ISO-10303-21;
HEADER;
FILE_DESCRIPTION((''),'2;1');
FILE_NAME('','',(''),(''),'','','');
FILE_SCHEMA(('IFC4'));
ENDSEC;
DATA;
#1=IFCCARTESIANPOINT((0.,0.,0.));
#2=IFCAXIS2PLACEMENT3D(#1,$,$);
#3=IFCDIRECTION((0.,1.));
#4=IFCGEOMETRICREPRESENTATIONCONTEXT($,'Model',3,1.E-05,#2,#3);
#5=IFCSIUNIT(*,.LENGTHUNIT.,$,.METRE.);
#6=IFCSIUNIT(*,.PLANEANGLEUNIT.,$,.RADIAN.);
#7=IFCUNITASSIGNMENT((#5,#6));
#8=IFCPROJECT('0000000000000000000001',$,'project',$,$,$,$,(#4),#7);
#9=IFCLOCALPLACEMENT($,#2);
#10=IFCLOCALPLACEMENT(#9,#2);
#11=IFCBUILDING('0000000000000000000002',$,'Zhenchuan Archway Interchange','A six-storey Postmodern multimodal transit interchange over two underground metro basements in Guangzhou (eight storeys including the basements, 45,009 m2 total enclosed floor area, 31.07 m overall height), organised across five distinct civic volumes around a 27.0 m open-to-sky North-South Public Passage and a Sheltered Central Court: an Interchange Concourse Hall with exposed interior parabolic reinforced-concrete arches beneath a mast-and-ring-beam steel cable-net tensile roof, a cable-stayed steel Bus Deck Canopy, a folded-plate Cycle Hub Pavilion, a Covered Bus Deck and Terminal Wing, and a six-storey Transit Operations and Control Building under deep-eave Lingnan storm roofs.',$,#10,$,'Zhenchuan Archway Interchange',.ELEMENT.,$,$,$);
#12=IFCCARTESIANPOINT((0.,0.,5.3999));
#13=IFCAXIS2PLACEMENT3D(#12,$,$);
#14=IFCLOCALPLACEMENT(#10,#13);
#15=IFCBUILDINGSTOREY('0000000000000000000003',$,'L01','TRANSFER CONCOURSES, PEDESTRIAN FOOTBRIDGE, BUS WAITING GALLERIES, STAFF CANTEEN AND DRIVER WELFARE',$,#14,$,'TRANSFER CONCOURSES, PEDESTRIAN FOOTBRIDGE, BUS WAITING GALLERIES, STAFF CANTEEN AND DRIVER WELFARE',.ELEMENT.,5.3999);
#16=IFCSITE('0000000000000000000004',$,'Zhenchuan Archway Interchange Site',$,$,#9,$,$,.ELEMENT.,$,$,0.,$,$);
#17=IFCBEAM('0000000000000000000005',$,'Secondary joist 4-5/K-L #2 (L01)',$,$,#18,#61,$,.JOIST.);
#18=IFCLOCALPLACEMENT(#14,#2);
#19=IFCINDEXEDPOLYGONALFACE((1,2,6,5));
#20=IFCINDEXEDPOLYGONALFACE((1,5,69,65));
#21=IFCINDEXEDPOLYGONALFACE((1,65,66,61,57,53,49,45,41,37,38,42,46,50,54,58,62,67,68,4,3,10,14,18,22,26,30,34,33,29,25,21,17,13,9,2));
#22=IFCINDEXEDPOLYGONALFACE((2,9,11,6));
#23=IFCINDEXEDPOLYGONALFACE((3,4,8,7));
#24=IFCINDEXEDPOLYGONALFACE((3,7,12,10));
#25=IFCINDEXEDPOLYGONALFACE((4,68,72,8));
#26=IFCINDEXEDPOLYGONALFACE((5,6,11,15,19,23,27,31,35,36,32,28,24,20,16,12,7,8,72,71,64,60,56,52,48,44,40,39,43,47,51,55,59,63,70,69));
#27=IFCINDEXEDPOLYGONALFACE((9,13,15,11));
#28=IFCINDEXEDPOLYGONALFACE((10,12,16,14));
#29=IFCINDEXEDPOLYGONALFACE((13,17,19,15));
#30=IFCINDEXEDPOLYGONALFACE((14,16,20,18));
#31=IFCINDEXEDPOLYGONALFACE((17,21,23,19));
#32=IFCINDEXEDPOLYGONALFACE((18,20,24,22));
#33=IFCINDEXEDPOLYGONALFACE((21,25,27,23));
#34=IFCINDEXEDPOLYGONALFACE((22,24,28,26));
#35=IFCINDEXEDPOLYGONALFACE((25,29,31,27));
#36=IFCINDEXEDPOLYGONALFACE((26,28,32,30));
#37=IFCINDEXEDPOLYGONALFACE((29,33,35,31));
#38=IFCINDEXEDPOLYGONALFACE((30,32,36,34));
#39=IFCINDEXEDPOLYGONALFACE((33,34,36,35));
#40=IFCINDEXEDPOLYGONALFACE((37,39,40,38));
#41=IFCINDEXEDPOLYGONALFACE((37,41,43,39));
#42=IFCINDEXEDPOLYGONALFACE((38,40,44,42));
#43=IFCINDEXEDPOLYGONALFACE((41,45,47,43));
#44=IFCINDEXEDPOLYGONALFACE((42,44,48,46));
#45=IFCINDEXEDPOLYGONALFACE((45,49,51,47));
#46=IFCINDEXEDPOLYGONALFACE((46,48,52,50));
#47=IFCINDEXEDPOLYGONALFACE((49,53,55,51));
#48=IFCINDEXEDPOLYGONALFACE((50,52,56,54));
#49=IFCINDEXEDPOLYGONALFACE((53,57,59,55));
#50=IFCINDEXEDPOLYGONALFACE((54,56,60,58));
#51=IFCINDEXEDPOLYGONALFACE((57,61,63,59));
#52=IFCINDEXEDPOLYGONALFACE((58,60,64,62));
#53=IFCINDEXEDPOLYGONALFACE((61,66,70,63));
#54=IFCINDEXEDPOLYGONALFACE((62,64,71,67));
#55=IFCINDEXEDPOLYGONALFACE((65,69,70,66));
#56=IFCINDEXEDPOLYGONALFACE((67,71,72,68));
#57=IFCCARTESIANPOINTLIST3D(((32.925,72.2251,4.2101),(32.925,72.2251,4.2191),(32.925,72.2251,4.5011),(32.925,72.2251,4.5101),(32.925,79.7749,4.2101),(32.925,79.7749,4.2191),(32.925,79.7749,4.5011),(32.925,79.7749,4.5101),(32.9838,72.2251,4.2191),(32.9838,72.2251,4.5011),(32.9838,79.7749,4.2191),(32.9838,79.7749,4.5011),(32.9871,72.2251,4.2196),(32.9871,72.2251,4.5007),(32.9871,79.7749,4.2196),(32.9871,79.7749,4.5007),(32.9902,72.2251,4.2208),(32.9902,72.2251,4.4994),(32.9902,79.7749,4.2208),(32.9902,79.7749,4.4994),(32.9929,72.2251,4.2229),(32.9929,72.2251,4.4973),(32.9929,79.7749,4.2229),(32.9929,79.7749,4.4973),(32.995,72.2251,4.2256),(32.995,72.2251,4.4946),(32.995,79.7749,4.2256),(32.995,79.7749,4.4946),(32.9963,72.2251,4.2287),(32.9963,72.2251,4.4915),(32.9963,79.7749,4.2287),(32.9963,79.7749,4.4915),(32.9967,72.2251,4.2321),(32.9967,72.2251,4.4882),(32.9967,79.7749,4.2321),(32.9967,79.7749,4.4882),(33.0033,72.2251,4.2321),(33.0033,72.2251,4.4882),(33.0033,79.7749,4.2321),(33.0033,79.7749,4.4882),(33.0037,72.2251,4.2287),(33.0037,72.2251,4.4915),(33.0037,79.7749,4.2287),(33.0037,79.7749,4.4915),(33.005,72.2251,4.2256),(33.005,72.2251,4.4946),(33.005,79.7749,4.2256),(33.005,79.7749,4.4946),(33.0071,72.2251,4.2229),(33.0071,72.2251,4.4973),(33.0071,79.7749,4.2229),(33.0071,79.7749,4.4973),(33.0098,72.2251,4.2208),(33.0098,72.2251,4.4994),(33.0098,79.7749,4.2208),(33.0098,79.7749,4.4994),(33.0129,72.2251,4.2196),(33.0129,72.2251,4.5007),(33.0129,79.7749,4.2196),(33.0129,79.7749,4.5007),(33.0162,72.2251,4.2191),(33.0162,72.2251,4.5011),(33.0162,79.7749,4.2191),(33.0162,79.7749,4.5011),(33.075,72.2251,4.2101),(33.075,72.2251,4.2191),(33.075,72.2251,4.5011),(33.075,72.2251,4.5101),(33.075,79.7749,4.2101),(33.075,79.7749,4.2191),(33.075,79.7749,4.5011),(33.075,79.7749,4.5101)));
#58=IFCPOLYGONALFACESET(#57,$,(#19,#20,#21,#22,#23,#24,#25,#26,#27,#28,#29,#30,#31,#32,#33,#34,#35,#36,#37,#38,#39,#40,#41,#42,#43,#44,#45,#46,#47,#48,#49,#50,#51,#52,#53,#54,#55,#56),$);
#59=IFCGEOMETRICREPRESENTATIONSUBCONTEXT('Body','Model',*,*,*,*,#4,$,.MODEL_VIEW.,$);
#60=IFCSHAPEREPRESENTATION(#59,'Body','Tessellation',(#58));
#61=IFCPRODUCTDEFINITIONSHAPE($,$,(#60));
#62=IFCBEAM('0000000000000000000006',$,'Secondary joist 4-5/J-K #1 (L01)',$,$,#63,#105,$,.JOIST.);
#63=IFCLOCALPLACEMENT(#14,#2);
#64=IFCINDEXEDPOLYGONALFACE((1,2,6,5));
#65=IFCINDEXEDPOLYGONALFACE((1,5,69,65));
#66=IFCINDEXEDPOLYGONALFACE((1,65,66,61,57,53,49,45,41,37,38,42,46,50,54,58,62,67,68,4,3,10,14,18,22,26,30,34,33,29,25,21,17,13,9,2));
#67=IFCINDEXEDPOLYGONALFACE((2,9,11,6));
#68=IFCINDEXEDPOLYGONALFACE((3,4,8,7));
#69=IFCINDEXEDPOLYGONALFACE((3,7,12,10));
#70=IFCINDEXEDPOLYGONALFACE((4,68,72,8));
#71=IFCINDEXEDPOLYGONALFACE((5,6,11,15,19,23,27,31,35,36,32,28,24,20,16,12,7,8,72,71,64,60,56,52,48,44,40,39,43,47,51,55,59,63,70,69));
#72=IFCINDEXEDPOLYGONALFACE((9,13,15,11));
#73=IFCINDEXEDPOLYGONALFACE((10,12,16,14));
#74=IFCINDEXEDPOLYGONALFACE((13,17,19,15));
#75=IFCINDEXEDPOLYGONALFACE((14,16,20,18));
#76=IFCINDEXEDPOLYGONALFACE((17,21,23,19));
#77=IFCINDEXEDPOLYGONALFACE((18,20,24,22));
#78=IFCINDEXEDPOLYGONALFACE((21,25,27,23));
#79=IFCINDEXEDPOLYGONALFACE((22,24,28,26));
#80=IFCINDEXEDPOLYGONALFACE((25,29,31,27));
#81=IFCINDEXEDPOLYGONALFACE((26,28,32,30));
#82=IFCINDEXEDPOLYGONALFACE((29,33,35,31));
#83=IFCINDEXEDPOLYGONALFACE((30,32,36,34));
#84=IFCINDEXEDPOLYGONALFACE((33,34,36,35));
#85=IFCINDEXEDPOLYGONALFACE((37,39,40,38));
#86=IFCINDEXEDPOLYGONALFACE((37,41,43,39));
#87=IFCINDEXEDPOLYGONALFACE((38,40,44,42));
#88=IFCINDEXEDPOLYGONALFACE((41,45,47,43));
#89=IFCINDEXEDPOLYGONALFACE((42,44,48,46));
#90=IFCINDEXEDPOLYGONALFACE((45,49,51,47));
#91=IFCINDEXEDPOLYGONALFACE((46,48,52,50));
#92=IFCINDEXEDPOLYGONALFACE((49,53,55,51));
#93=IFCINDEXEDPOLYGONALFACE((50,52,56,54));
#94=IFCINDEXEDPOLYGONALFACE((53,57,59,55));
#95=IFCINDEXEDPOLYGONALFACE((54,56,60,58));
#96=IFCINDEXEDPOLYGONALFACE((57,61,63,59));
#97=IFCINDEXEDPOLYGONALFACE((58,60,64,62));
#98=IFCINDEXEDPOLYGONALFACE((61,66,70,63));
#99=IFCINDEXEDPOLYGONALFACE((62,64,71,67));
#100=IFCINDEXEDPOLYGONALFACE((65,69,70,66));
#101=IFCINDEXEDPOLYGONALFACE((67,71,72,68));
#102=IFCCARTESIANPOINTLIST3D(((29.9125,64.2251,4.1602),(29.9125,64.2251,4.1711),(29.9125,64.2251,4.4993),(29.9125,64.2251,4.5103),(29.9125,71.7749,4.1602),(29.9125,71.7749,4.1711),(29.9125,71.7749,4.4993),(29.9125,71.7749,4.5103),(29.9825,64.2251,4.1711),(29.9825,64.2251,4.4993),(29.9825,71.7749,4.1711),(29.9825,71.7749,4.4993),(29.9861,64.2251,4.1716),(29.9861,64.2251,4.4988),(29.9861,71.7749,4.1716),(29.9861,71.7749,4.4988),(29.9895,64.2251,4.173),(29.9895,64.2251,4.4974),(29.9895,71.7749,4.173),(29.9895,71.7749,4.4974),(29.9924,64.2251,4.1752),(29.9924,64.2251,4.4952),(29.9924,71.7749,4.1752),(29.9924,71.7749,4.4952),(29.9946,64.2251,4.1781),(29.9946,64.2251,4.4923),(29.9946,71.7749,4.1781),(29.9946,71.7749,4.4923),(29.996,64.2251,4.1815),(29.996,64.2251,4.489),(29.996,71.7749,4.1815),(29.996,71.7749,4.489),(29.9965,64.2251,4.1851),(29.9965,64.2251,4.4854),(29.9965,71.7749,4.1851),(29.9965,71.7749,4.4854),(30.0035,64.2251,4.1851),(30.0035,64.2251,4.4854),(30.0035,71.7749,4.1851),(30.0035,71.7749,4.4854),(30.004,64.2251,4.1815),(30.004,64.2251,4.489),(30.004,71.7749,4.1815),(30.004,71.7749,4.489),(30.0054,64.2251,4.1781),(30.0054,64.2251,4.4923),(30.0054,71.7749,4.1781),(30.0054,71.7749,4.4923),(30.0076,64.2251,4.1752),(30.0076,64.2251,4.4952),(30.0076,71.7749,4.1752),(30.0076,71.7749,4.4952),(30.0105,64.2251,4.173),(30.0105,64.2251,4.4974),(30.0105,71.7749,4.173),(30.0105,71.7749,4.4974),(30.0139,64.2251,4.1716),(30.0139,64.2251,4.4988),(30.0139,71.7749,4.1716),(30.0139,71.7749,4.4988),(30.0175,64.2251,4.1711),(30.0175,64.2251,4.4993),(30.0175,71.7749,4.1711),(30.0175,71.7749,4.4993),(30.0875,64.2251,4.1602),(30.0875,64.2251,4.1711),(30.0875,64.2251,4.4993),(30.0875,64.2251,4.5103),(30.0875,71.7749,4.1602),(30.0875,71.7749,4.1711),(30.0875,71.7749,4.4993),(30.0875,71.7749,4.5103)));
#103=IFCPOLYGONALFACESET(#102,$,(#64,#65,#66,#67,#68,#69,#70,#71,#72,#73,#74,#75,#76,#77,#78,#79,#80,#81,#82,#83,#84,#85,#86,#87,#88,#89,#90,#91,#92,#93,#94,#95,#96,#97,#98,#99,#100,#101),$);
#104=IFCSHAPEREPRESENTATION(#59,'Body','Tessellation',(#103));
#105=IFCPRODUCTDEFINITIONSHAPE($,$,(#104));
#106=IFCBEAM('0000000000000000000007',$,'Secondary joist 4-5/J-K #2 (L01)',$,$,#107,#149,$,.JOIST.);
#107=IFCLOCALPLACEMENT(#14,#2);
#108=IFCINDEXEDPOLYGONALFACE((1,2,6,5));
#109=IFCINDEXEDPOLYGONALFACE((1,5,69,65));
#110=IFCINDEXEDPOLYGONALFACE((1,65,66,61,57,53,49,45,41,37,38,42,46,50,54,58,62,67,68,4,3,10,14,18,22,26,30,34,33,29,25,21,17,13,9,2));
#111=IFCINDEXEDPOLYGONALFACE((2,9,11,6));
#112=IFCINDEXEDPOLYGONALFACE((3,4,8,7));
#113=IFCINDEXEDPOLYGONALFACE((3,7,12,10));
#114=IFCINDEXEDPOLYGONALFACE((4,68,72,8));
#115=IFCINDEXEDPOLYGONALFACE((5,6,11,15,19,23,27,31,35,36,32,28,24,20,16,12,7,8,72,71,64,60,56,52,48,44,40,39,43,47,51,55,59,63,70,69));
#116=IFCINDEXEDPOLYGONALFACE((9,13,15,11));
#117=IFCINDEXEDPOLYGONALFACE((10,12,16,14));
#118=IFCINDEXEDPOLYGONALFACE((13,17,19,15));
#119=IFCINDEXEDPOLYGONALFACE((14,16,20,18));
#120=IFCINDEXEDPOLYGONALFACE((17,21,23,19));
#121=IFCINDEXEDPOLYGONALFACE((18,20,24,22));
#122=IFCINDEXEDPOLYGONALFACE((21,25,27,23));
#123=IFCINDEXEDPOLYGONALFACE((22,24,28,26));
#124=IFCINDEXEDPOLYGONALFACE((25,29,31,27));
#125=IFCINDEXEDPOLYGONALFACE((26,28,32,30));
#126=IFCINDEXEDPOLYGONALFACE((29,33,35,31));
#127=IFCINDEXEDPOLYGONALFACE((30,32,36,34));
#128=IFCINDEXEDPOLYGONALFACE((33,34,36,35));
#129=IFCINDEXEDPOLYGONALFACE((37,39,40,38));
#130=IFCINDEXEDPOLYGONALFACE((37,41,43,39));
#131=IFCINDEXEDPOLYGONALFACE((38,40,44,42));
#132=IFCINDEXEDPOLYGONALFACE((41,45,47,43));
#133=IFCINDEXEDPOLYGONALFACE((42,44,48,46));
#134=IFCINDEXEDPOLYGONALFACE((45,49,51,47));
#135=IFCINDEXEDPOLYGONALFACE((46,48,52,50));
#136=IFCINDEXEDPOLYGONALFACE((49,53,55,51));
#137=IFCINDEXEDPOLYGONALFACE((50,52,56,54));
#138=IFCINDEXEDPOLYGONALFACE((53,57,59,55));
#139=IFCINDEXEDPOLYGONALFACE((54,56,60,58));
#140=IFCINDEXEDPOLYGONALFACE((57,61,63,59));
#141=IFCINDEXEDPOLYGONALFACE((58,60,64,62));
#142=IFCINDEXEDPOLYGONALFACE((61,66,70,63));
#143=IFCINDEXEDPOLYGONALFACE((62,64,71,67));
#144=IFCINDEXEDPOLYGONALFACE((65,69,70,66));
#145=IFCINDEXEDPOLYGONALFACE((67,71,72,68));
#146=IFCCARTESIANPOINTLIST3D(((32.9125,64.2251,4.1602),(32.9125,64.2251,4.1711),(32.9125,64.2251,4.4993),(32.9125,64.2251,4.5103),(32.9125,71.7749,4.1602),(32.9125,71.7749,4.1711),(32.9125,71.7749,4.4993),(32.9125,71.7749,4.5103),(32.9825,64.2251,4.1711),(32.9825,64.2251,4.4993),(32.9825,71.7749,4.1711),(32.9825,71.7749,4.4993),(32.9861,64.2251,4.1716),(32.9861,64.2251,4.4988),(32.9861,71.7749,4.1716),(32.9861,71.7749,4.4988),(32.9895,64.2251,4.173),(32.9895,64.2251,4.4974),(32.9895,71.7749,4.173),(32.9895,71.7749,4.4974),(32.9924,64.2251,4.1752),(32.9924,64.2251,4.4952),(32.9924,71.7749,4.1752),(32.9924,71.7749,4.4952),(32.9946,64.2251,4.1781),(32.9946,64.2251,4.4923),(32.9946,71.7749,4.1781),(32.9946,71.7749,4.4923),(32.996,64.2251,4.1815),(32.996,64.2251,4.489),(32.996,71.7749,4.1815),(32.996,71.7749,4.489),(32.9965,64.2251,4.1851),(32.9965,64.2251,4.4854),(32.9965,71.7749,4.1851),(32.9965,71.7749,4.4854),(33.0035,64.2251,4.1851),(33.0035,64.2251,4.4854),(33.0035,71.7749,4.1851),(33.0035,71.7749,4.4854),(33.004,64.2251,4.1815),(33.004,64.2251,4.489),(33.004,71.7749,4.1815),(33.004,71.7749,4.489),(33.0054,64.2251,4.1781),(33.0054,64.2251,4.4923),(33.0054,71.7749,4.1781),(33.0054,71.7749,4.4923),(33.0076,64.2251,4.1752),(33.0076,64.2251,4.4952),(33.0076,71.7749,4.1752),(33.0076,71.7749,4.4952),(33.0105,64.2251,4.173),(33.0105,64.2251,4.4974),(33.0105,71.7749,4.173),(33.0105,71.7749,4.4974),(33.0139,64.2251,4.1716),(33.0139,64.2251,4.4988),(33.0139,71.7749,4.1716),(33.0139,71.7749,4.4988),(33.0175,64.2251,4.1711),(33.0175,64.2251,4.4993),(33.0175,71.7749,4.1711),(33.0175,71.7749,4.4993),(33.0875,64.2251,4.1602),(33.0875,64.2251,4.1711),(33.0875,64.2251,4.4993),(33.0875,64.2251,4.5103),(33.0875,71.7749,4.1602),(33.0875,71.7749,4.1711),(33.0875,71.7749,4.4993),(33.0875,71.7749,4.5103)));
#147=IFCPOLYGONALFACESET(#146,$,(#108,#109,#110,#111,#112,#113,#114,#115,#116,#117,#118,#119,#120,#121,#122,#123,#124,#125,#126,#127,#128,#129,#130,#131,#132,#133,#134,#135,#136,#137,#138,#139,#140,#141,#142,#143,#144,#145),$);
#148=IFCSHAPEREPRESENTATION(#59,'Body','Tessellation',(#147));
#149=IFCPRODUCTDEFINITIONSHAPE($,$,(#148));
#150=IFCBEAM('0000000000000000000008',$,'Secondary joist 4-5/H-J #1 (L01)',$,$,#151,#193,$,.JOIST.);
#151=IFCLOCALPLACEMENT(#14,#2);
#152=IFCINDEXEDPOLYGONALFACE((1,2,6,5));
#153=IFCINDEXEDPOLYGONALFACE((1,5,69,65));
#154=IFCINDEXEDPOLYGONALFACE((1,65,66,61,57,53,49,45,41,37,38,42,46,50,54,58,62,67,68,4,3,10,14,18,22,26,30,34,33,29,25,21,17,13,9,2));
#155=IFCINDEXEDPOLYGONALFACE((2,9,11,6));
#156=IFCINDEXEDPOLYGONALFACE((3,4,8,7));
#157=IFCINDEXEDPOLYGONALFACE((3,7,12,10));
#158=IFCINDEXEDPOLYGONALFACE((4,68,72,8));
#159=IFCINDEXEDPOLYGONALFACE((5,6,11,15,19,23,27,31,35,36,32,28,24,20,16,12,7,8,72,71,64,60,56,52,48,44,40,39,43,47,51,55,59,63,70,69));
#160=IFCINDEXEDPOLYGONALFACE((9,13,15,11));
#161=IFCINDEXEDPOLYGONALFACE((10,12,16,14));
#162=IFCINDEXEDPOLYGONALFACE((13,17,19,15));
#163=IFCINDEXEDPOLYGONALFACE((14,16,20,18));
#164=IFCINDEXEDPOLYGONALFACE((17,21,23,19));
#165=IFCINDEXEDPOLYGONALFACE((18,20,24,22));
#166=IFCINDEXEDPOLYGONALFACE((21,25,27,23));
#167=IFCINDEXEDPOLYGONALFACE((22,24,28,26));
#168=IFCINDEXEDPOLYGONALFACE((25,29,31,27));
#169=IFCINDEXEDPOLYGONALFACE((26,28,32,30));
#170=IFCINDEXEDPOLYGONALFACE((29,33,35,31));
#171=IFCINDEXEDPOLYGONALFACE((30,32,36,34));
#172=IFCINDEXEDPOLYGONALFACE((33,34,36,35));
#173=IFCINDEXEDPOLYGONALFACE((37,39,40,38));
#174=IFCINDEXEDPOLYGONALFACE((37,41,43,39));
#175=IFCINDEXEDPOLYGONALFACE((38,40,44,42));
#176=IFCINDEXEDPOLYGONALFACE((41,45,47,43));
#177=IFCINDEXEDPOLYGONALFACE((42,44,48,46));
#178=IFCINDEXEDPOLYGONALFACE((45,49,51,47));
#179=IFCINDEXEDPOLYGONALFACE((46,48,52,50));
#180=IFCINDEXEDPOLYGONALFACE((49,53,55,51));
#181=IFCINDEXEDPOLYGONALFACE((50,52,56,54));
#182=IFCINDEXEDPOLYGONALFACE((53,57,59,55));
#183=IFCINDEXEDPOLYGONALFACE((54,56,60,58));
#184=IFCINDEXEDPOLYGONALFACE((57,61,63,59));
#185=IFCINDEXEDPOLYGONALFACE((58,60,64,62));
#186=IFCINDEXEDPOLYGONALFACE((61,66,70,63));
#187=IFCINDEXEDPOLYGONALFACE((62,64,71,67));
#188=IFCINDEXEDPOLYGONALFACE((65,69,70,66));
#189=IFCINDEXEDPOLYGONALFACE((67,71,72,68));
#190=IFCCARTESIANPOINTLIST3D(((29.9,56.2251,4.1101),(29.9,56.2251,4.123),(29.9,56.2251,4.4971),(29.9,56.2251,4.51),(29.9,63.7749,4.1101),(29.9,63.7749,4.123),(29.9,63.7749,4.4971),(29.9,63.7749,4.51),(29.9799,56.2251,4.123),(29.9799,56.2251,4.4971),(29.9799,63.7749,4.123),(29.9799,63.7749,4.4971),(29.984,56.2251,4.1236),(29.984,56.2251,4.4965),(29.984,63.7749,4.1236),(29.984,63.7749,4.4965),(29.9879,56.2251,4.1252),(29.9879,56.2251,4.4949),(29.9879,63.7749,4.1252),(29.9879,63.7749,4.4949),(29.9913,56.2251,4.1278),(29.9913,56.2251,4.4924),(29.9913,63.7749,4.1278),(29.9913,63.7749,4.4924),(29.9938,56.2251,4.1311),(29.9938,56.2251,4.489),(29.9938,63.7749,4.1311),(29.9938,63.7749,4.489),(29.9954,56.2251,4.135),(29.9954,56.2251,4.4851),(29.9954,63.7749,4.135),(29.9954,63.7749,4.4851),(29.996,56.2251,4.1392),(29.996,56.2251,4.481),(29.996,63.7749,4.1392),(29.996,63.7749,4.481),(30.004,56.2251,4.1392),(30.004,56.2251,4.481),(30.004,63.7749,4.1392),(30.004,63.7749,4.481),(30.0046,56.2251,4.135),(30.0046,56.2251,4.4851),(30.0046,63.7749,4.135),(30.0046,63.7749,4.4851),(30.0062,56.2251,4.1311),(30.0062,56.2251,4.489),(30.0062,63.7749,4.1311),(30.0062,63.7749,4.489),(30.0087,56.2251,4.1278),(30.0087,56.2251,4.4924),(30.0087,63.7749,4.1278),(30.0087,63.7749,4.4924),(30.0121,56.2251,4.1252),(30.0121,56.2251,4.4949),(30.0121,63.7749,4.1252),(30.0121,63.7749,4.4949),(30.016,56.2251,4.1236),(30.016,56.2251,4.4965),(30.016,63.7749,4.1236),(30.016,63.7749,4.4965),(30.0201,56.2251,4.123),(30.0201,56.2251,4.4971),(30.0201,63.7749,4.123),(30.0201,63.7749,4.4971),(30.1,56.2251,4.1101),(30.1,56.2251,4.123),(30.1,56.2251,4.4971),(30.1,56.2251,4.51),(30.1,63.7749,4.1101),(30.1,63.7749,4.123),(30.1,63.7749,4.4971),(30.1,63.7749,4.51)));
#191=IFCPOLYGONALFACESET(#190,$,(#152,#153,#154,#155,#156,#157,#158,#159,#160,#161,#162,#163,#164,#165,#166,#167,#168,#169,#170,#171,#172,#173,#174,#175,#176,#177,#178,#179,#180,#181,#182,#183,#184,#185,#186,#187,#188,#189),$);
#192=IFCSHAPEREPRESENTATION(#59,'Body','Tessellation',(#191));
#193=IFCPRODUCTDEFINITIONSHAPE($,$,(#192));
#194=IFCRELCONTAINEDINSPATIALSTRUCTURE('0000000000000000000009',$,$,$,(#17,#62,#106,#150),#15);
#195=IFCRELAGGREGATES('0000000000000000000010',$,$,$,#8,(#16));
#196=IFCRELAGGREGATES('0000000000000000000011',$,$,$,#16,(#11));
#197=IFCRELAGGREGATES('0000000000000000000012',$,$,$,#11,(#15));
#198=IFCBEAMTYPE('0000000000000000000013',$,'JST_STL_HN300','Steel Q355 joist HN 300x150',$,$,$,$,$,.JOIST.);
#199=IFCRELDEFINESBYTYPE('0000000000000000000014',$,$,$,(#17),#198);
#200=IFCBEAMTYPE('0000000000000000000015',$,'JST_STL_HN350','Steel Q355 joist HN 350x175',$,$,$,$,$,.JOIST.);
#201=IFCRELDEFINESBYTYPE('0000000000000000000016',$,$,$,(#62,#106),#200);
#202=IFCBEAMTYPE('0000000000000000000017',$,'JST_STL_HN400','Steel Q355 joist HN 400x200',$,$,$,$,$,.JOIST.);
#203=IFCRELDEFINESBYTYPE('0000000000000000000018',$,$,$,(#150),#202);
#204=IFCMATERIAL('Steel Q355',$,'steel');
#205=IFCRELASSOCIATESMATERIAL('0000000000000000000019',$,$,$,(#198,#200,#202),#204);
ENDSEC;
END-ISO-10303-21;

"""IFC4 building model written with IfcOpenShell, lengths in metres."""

from ifc_helpers import new_model, si_unit, direction, frame, origin, origin_2d, place, context, subcontext, project, spatial, i_section, extrude, material, material_profile, profile_set, type_object, element, save


model = new_model("IFC4")

# Units and contexts
model_context = context("Model", 3, precision=1e-05, world=origin(), true_north=direction((0.0, 1.0)))
body_context = subcontext(model_context, "Body", "Model", "MODEL_VIEW")
ifc_project = project(units=[si_unit("LENGTHUNIT", "METRE"), si_unit("PLANEANGLEUNIT", "RADIAN")], contexts=[model_context])

# Site, building, storey
site_placement = place(None, origin())
site = spatial("IfcSite", under=ifc_project, at=site_placement, Name="Zhenchuan Archway Interchange Site", CompositionType="ELEMENT", RefElevation=0.0)
building_placement = place(site_placement, origin())
building = spatial("IfcBuilding", under=site, at=building_placement, Name="Zhenchuan Archway Interchange", Description="A six-storey Postmodern multimodal transit interchange over two underground metro basements in Guangzhou (eight storeys including the basements, 45,009 m2 total enclosed floor area, 31.07 m overall height), organised across five distinct civic volumes around a 27.0 m open-to-sky North-South Public Passage and a Sheltered Central Court: an Interchange Concourse Hall with exposed interior parabolic reinforced-concrete arches beneath a mast-and-ring-beam steel cable-net tensile roof, a cable-stayed steel Bus Deck Canopy, a folded-plate Cycle Hub Pavilion, a Covered Bus Deck and Terminal Wing, and a six-storey Transit Operations and Control Building under deep-eave Lingnan storm roofs.", LongName="Zhenchuan Archway Interchange", CompositionType="ELEMENT")
storey_placement = place(building_placement, frame((0.0, 0.0, 5.3999)))
storey = spatial("IfcBuildingStorey", under=building, at=storey_placement, Name="L01", Description="TRANSFER CONCOURSES, PEDESTRIAN FOOTBRIDGE, BUS WAITING GALLERIES, STAFF CANTEEN AND DRIVER WELFARE", LongName="TRANSFER CONCOURSES, PEDESTRIAN FOOTBRIDGE, BUS WAITING GALLERIES, STAFF CANTEEN AND DRIVER WELFARE", CompositionType="ELEMENT", Elevation=5.3999)

# Beams
ifc_material_1 = material(Name="Steel Q355", Category="steel")
ifc_material_profile_1 = material_profile(ifc_material_1, i_section(OverallWidth=0.1499, OverallDepth=0.3, WebThickness=0.0066, FlangeThickness=0.009, FilletRadius=0.0129, at=origin_2d()), Name="HN 300x150")
ifc_profile_set_1 = profile_set([ifc_material_profile_1], Name="Steel Q355")
beam_type_1 = type_object("IfcBeamType", Name="JST_STL_HN300", Description="Steel Q355 joist HN 300x150", PredefinedType="JOIST", material=ifc_profile_set_1)
for number, where, z_axis, x_axis, name in (
    (1, (33.0, 72.2251, 4.3601), (0.0, 1.0, 0.0), (-1.0, 0.0, 0.0), "Secondary joist 4-5/K-L #2 (L01)"),
):
    element("IfcBeam", number, at=place(storey_placement, frame(where, z_axis=z_axis, x_axis=x_axis)), inside=storey, type_object=beam_type_1, Name=name, PredefinedType="JOIST", context=body_context, shape_type="SweptSolid", body=[
        extrude(i_section(OverallWidth=0.1499, OverallDepth=0.3, WebThickness=0.0066, FlangeThickness=0.009, FilletRadius=0.0129, at=origin_2d()), origin(), (0.0, 0.0, 1.0), 7.5498),
    ])
ifc_material_profile_2 = material_profile(ifc_material_1, i_section(OverallWidth=0.175, OverallDepth=0.3501, WebThickness=0.0071, FlangeThickness=0.011, FilletRadius=0.0139, at=origin_2d()), Name="HN 350x175")
ifc_profile_set_2 = profile_set([ifc_material_profile_2], Name="Steel Q355")
beam_type_2 = type_object("IfcBeamType", Name="JST_STL_HN350", Description="Steel Q355 joist HN 350x175", PredefinedType="JOIST", material=ifc_profile_set_2)
for number, where, z_axis, x_axis, name in (
    (2, (30.0, 64.2251, 4.3352), (0.0, 1.0, 0.0), (-1.0, 0.0, 0.0), "Secondary joist 4-5/J-K #1 (L01)"),
    (3, (33.0, 64.2251, 4.3352), (0.0, 1.0, 0.0), (-1.0, 0.0, 0.0), "Secondary joist 4-5/J-K #2 (L01)"),
):
    element("IfcBeam", number, at=place(storey_placement, frame(where, z_axis=z_axis, x_axis=x_axis)), inside=storey, type_object=beam_type_2, Name=name, PredefinedType="JOIST", context=body_context, shape_type="SweptSolid", body=[
        extrude(i_section(OverallWidth=0.175, OverallDepth=0.3501, WebThickness=0.0071, FlangeThickness=0.011, FilletRadius=0.0139, at=origin_2d()), origin(), (0.0, 0.0, 1.0), 7.5498),
    ])
ifc_material_profile_3 = material_profile(ifc_material_1, i_section(OverallWidth=0.2, OverallDepth=0.3999, WebThickness=0.0081, FlangeThickness=0.0129, FilletRadius=0.0161, at=origin_2d()), Name="HN 400x200")
ifc_profile_set_3 = profile_set([ifc_material_profile_3], Name="Steel Q355")
beam_type_3 = type_object("IfcBeamType", Name="JST_STL_HN400", Description="Steel Q355 joist HN 400x200", PredefinedType="JOIST", material=ifc_profile_set_3)
for number, where, z_axis, x_axis, name in (
    (4, (30.0, 56.2251, 4.3101), (0.0, 1.0, 0.0), (-1.0, 0.0, 0.0), "Secondary joist 4-5/H-J #1 (L01)"),
):
    element("IfcBeam", number, at=place(storey_placement, frame(where, z_axis=z_axis, x_axis=x_axis)), inside=storey, type_object=beam_type_3, Name=name, PredefinedType="JOIST", context=body_context, shape_type="SweptSolid", body=[
        extrude(i_section(OverallWidth=0.2, OverallDepth=0.3999, WebThickness=0.0081, FlangeThickness=0.0129, FilletRadius=0.0161, at=origin_2d()), origin(), (0.0, 0.0, 1.0), 7.5498),
    ])

save(model, "model.ifc")
